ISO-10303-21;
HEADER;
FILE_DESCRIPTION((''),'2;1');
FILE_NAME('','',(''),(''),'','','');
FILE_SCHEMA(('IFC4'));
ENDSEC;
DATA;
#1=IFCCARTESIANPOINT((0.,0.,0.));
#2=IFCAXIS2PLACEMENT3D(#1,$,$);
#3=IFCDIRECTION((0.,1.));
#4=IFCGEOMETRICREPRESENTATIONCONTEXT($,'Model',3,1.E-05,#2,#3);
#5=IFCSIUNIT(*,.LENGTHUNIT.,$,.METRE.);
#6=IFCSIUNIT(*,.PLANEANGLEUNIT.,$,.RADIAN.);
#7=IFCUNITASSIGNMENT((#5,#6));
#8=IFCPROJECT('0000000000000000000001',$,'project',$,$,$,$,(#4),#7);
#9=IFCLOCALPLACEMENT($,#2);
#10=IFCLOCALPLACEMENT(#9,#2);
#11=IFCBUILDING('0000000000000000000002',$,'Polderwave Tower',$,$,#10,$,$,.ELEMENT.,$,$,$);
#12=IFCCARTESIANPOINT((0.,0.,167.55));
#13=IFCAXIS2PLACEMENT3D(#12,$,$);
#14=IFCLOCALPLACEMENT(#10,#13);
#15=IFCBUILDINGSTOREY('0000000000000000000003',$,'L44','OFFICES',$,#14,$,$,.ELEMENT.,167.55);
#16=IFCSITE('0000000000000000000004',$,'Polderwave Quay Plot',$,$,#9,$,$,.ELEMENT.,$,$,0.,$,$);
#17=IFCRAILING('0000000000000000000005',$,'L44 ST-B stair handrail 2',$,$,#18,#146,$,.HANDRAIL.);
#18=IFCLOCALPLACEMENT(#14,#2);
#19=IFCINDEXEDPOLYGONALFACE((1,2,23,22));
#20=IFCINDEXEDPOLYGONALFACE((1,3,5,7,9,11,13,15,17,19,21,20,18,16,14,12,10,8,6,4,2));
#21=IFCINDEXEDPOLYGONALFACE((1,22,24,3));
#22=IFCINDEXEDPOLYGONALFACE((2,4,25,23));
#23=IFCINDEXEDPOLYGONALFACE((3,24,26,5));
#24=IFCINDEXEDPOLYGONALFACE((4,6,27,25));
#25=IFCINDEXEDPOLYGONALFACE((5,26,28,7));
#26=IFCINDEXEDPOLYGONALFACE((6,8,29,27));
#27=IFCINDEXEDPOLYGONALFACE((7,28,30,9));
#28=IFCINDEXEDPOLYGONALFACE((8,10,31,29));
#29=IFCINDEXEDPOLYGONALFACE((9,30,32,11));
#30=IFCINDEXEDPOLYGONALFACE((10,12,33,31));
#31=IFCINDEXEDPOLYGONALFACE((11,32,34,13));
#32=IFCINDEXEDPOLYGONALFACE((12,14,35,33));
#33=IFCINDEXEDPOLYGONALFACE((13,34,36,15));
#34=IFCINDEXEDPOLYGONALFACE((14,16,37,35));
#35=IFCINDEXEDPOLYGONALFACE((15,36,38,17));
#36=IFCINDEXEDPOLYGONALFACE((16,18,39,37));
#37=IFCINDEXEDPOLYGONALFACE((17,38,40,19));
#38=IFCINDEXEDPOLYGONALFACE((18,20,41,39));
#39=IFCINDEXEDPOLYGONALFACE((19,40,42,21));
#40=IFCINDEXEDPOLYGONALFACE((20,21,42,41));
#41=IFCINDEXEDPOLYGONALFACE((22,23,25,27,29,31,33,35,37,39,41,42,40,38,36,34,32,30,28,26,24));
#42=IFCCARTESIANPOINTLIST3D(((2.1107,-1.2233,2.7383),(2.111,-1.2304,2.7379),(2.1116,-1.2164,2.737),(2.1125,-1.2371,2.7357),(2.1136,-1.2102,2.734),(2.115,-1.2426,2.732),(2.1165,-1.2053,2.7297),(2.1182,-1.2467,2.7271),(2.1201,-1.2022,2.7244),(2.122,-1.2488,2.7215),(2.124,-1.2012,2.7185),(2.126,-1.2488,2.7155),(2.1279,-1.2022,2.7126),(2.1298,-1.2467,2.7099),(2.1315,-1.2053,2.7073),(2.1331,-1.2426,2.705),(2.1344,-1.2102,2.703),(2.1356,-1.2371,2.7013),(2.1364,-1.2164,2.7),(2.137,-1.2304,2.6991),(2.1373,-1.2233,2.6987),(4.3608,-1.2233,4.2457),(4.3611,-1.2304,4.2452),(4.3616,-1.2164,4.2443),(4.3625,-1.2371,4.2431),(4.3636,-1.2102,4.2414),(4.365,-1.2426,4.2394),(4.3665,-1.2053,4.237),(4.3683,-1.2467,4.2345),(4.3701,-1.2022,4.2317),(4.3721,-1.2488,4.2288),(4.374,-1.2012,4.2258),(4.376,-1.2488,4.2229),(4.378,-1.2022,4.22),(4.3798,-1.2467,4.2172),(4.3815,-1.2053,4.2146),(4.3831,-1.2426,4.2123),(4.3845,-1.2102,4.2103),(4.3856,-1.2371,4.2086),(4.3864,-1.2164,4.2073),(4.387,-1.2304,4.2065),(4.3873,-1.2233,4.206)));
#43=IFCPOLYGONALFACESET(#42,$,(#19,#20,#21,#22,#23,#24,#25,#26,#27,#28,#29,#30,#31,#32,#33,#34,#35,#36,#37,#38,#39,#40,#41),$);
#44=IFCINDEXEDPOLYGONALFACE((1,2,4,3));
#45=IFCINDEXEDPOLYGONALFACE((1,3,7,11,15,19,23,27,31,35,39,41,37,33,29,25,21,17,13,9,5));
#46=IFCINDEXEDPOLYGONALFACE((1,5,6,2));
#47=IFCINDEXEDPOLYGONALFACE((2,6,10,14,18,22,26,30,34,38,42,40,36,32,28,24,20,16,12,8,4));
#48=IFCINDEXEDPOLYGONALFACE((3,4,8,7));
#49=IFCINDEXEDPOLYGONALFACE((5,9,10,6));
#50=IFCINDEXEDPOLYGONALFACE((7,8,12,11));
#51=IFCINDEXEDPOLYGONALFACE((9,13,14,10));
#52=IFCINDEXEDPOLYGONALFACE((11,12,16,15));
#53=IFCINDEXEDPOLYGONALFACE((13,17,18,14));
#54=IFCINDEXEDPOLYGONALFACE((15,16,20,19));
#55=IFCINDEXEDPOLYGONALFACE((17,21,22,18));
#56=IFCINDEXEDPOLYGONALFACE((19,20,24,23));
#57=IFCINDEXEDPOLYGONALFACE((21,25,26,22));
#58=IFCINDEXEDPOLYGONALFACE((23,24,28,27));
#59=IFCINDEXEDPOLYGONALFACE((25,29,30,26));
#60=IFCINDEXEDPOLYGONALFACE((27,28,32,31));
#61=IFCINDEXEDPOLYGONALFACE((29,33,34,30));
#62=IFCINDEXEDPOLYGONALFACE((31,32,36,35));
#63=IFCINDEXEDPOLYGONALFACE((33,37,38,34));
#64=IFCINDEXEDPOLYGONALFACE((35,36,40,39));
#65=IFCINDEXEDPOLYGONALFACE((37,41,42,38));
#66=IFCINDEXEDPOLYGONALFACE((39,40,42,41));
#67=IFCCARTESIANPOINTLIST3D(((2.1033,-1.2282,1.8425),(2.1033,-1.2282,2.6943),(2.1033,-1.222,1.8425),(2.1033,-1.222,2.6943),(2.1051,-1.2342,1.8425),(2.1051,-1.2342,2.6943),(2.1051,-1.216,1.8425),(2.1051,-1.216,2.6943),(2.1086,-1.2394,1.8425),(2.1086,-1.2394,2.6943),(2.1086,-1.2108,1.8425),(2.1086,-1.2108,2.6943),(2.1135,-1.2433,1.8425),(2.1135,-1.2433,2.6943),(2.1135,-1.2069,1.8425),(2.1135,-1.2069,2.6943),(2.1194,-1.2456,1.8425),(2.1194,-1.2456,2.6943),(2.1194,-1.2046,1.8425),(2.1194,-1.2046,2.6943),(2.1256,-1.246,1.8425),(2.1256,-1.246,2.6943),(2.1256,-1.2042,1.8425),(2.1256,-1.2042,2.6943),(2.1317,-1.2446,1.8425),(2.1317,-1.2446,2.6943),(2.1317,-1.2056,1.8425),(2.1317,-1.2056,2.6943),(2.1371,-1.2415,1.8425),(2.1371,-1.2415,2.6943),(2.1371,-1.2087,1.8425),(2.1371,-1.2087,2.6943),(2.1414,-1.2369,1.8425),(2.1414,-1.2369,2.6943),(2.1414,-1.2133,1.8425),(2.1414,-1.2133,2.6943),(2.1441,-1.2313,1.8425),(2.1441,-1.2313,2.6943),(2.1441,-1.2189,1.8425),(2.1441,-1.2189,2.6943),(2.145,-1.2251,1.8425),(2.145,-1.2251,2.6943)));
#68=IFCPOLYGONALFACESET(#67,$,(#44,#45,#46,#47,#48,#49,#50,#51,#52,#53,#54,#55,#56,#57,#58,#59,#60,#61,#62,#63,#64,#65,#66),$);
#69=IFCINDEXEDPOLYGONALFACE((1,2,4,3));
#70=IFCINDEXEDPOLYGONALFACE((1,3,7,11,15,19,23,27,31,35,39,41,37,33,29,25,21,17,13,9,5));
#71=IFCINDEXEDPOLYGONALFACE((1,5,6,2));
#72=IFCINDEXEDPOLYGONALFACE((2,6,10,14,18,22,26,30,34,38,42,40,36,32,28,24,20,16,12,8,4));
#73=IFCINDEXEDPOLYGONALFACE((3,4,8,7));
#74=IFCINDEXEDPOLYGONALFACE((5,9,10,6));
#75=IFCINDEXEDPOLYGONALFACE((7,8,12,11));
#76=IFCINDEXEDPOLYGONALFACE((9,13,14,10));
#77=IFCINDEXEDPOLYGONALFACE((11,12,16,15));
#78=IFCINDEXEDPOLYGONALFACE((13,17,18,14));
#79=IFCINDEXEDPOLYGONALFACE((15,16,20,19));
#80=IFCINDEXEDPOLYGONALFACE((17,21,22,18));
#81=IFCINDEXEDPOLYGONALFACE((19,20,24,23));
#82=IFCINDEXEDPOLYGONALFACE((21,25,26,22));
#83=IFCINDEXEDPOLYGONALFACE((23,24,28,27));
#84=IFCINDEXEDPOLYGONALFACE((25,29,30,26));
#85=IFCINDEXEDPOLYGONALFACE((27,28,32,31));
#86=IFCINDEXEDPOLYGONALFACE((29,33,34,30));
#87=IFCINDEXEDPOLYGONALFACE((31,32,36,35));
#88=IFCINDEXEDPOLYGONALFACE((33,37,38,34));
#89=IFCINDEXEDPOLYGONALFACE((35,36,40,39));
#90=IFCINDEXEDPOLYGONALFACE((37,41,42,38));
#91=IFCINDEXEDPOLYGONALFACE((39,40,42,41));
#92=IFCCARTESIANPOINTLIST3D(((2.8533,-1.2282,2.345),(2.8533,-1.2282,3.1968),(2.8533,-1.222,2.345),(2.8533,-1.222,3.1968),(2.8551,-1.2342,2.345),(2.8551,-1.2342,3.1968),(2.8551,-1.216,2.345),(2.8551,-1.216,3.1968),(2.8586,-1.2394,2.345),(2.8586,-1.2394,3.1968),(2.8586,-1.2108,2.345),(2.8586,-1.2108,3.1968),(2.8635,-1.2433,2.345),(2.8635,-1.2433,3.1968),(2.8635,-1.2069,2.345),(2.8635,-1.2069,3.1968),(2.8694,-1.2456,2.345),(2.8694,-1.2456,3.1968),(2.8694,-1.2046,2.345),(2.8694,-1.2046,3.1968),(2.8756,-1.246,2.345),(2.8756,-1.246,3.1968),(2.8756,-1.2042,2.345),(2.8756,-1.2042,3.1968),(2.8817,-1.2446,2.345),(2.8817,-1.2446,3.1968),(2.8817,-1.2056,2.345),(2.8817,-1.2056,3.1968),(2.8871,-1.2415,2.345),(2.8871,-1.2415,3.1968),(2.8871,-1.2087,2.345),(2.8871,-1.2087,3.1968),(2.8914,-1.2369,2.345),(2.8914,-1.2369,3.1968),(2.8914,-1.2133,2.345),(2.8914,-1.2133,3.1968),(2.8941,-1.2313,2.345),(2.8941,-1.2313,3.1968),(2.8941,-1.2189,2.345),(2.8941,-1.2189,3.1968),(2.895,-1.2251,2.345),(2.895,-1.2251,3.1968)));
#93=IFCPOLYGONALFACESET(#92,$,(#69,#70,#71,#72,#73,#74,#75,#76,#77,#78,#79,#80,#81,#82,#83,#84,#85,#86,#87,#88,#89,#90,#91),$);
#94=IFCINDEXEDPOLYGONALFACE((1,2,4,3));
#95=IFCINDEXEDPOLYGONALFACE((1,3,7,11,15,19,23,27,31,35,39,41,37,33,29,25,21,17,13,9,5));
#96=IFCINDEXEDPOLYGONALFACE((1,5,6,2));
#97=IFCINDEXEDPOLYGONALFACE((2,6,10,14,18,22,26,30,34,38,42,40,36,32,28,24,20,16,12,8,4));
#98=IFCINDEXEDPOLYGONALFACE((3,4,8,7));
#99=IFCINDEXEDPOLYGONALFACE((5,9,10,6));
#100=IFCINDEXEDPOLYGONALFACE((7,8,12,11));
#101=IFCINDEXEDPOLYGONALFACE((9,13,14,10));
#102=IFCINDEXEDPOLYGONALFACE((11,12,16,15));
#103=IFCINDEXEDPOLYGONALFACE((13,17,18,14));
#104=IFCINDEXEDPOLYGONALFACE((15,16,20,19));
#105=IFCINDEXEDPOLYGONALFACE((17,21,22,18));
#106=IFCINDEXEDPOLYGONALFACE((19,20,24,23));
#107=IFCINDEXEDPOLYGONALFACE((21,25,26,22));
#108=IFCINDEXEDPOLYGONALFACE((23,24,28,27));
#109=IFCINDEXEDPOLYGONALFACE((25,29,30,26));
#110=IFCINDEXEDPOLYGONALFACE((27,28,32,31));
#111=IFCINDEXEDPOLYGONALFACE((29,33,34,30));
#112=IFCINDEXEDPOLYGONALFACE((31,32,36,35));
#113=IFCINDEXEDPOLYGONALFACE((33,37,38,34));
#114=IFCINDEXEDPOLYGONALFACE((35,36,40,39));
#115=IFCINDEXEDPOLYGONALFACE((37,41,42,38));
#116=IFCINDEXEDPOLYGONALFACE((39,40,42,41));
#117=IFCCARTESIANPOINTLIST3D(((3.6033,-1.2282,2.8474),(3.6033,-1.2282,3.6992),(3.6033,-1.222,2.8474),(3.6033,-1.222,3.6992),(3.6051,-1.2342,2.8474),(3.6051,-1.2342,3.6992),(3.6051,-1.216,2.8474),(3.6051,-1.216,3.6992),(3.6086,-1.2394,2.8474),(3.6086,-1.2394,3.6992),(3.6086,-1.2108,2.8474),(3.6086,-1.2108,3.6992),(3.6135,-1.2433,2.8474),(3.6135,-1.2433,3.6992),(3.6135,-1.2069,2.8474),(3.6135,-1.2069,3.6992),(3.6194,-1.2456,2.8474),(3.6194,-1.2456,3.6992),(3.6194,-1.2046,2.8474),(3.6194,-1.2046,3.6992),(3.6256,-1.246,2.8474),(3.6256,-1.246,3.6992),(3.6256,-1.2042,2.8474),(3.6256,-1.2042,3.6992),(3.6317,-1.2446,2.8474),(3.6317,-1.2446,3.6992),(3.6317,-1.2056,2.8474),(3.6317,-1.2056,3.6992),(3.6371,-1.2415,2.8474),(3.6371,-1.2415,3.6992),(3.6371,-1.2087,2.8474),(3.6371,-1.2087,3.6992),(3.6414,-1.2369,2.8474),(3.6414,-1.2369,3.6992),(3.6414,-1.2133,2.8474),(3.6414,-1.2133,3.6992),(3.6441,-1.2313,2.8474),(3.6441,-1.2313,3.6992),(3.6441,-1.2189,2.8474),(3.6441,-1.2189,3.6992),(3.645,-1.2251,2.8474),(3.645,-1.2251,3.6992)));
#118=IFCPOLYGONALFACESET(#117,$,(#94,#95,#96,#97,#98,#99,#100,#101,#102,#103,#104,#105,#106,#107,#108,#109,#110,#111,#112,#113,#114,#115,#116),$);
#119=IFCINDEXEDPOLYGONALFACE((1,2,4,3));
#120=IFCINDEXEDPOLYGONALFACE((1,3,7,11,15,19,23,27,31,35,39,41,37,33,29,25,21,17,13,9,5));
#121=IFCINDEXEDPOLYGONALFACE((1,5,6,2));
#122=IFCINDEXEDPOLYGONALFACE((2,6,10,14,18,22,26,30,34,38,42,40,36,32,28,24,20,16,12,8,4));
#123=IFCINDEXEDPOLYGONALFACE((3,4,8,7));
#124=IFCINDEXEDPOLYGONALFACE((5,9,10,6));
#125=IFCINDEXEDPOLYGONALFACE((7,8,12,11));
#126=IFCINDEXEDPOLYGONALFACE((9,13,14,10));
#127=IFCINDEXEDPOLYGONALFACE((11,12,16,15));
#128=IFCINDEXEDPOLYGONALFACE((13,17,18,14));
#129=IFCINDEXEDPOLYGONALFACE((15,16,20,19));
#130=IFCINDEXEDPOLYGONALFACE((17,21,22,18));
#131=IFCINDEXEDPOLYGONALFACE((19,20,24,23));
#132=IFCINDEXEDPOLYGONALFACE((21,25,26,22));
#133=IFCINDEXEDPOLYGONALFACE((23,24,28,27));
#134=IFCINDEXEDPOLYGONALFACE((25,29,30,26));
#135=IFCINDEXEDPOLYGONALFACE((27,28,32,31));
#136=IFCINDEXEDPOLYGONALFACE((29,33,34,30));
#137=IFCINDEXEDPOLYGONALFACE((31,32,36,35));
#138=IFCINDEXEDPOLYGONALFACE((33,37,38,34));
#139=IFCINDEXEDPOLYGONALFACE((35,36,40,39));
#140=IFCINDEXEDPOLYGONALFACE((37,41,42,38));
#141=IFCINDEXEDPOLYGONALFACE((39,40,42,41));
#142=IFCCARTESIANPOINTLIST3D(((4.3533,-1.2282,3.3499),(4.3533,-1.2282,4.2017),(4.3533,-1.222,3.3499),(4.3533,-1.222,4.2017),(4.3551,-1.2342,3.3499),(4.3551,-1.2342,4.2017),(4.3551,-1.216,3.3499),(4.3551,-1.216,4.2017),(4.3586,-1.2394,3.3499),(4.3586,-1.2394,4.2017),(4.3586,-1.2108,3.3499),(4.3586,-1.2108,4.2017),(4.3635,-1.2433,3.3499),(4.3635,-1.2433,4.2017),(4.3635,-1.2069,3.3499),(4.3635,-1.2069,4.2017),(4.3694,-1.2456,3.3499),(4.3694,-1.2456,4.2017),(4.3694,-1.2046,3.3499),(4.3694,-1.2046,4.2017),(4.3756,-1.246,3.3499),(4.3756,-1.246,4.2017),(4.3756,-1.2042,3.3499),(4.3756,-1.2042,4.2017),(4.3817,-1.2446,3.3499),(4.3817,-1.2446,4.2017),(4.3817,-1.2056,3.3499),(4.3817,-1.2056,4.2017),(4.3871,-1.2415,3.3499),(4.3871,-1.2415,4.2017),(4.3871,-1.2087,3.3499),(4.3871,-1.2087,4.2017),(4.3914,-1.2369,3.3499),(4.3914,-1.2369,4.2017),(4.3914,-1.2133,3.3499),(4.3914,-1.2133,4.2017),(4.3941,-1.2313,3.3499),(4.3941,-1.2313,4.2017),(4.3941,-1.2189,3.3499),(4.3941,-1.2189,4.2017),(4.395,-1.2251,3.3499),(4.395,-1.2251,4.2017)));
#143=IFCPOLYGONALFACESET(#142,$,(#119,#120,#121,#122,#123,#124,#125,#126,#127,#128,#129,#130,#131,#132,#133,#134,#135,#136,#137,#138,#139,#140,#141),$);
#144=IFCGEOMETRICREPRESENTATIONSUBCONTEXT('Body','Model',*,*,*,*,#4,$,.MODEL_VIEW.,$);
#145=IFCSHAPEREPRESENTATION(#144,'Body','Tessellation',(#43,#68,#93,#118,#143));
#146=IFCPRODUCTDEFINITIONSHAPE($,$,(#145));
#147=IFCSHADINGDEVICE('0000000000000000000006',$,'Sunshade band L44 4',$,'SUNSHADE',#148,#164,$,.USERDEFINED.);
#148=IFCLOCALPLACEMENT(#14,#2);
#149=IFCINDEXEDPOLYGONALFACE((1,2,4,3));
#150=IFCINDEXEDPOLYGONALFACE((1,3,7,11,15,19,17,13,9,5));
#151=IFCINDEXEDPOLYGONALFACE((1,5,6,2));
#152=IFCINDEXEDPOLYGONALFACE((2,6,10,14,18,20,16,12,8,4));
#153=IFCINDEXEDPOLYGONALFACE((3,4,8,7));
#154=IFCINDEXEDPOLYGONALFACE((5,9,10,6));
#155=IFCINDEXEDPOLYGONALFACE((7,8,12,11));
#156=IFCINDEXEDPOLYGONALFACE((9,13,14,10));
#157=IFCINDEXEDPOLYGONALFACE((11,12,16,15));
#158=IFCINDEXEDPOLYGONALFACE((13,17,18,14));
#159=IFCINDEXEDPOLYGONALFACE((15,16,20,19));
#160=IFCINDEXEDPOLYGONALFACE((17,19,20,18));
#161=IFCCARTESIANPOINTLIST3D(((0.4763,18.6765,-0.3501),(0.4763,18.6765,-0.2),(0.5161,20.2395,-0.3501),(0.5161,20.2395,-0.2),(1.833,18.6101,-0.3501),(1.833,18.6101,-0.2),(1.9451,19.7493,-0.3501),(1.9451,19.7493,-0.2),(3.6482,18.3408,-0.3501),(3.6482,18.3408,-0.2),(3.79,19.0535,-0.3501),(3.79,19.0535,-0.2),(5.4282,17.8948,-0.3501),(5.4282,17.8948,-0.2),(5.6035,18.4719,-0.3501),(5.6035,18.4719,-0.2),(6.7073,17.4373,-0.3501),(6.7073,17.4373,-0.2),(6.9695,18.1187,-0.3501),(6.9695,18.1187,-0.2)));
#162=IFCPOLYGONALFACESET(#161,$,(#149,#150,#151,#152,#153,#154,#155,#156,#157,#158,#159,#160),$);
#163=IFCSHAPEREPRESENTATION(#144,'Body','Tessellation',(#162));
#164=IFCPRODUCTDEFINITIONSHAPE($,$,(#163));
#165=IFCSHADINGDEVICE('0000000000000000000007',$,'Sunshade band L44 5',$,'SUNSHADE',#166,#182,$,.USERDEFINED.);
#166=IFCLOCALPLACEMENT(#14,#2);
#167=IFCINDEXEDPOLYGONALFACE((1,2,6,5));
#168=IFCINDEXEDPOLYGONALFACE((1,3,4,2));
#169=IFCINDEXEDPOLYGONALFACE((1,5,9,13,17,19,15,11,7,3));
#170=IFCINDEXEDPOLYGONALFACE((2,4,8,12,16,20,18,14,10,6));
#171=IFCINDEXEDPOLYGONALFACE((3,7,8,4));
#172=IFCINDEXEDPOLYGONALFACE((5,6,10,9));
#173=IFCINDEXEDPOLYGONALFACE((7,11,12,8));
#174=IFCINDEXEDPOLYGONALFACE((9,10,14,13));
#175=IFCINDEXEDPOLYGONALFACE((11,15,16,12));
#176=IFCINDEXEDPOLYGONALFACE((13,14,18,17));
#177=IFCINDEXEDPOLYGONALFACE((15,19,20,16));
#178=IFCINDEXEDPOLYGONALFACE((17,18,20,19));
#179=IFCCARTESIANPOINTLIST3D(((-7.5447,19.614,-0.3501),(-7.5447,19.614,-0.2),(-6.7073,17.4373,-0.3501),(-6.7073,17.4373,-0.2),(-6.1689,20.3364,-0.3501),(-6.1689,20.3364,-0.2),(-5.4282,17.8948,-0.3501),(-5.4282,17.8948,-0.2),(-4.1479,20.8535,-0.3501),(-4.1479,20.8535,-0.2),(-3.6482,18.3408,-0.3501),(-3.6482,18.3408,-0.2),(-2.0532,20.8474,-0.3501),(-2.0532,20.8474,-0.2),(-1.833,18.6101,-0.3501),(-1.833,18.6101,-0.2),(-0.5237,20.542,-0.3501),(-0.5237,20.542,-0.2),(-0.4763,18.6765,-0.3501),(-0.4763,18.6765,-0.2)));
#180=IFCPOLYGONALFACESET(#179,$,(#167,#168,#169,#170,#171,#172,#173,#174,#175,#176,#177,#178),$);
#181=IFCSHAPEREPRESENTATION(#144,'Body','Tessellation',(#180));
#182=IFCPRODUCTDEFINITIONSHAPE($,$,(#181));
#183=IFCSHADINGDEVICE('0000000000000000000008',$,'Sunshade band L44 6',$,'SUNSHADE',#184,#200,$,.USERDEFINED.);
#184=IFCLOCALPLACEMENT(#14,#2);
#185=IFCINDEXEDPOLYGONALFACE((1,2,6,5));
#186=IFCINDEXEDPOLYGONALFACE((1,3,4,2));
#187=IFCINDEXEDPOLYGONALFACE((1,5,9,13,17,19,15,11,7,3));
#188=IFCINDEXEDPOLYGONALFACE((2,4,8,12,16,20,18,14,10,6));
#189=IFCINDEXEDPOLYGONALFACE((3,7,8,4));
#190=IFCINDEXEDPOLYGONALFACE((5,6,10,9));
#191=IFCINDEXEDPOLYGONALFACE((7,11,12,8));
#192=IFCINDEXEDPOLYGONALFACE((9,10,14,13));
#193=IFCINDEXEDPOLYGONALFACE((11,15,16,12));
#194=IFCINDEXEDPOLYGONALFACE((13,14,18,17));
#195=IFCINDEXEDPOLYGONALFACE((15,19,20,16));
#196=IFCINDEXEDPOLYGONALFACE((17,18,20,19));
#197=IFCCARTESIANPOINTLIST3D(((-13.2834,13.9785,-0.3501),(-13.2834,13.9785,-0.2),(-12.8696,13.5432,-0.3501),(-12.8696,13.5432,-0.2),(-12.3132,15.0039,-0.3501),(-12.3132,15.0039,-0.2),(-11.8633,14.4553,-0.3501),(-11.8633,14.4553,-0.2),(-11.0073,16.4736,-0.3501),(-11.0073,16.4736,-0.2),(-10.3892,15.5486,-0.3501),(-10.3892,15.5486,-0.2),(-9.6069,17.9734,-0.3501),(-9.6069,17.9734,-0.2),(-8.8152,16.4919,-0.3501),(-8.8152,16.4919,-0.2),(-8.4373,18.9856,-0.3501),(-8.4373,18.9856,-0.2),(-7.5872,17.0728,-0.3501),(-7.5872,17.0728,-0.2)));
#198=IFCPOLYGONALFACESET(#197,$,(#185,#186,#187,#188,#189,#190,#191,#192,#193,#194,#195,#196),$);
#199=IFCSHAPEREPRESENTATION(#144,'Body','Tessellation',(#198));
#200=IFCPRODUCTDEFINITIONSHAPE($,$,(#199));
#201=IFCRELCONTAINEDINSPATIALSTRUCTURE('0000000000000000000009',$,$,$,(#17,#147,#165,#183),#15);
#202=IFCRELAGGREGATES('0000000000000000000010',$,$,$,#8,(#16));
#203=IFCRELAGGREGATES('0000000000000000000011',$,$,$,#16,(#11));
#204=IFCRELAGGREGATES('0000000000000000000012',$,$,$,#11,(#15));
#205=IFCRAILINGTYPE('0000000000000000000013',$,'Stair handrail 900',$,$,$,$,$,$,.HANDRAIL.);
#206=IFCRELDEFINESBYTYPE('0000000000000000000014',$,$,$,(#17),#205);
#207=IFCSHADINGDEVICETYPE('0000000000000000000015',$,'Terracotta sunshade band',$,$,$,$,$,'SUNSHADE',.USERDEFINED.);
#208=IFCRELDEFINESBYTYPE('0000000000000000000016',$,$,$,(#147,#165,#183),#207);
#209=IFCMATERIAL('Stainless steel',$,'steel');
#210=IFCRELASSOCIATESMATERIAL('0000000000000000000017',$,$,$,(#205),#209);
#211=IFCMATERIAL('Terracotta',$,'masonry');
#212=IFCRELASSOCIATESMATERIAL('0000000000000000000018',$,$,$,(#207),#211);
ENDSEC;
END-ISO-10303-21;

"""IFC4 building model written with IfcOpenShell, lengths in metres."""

from ifc_helpers import new_model, si_unit, direction, frame, origin, origin_2d, place, context, subcontext, project, spatial, polyline, circle, outline, extrude, material, type_object, element, save


model = new_model("IFC4")

# Units and contexts
model_context = context("Model", 3, precision=1e-05, world=origin(), true_north=direction((0.0, 1.0)))
body_context = subcontext(model_context, "Body", "Model", "MODEL_VIEW")
ifc_project = project(units=[si_unit("LENGTHUNIT", "METRE"), si_unit("PLANEANGLEUNIT", "RADIAN")], contexts=[model_context])

# Site, building, storey
site_placement = place(None, origin())
site = spatial("IfcSite", under=ifc_project, at=site_placement, Name="Polderwave Quay Plot", CompositionType="ELEMENT", RefElevation=0.0)
building_placement = place(site_placement, origin())
building = spatial("IfcBuilding", under=site, at=building_placement, Name="Polderwave Tower", CompositionType="ELEMENT")
storey_placement = place(building_placement, frame((0.0, 0.0, 167.55)))
storey = spatial("IfcBuildingStorey", under=building, at=storey_placement, Name="L44", Description="OFFICES", CompositionType="ELEMENT", Elevation=167.55)

# Railing
ifc_material_1 = material(Name="Stainless steel", Category="steel")
railing_type_1 = type_object("IfcRailingType", Name="Stair handrail 900", PredefinedType="HANDRAIL", material=ifc_material_1)
railing_1_placement = place(storey_placement, frame((2.124, -1.2251, 1.8425)))
element("IfcRailing", 1, at=railing_1_placement, inside=storey, type_object=railing_type_1, Name="L44 ST-B stair handrail 2", PredefinedType="HANDRAIL", context=body_context, shape_type="SweptSolid", body=[
    extrude(circle(Radius=0.0239, at=origin_2d()), frame((0.0, 0.0, 0.876), z_axis=(0.8308, 0.0, 0.556571), x_axis=(0.0, 1.0, 0.0)), (0.0, 0.0, 1.0), 2.7083),
    extrude(circle(Radius=0.021, at=origin_2d()), origin(), (0.0, 0.0, 1.0), 0.8518),
    extrude(circle(Radius=0.021, at=origin_2d()), frame((0.75, 0.0, 0.5024)), (0.0, 0.0, 1.0), 0.8518),
    extrude(circle(Radius=0.021, at=origin_2d()), frame((1.5, 0.0, 1.0049)), (0.0, 0.0, 1.0), 0.8518),
    extrude(circle(Radius=0.021, at=origin_2d()), frame((2.25, 0.0, 1.5073)), (0.0, 0.0, 1.0), 0.8518),
])

# Shading devices
ifc_material_2 = material(Name="Terracotta", Category="masonry")
shading_device_type = type_object("IfcShadingDeviceType", Name="Terracotta sunshade band", ElementType="SUNSHADE", PredefinedType="USERDEFINED", material=ifc_material_2)
shading_device_1_placement = place(storey_placement, frame((0.0, 0.0, -0.3501)))
element("IfcShadingDevice", 2, at=shading_device_1_placement, inside=storey, type_object=shading_device_type, Name="Sunshade band L44 4", ObjectType="SUNSHADE", PredefinedType="USERDEFINED", context=body_context, shape_type="SweptSolid", body=[
    extrude(outline(polyline([(6.7073, 17.4373), (5.4282, 17.8948), (3.6482, 18.3408), (1.833, 18.6101), (0.4763, 18.6765), (0.5161, 20.2395), (1.9451, 19.7493), (3.79, 19.0535), (5.6035, 18.4719), (6.9695, 18.1187), (6.7073, 17.4373)])), origin(), (0.0, 0.0, 1.0), 0.1501),
])
shading_device_2_placement = place(storey_placement, frame((0.0, 0.0, -0.3501)))
element("IfcShadingDevice", 3, at=shading_device_2_placement, inside=storey, type_object=shading_device_type, Name="Sunshade band L44 5", ObjectType="SUNSHADE", PredefinedType="USERDEFINED", context=body_context, shape_type="SweptSolid", body=[
    extrude(outline(polyline([(-0.4763, 18.6765), (-1.833, 18.6101), (-3.6482, 18.3408), (-5.4282, 17.8948), (-6.7073, 17.4373), (-7.5447, 19.614), (-6.1689, 20.3364), (-4.1479, 20.8535), (-2.0532, 20.8474), (-0.5237, 20.542), (-0.4763, 18.6765)])), origin(), (0.0, 0.0, 1.0), 0.1501),
])
shading_device_3_placement = place(storey_placement, frame((0.0, 0.0, -0.3501)))
element("IfcShadingDevice", 4, at=shading_device_3_placement, inside=storey, type_object=shading_device_type, Name="Sunshade band L44 6", ObjectType="SUNSHADE", PredefinedType="USERDEFINED", context=body_context, shape_type="SweptSolid", body=[
    extrude(outline(polyline([(-7.5872, 17.0728), (-8.8152, 16.4919), (-10.3892, 15.5486), (-11.8633, 14.4553), (-12.8696, 13.5432), (-13.2834, 13.9785), (-12.3132, 15.0039), (-11.0073, 16.4736), (-9.6069, 17.9734), (-8.4373, 18.9856), (-7.5872, 17.0728)])), origin(), (0.0, 0.0, 1.0), 0.1501),
])

save(model, "model.ifc")
